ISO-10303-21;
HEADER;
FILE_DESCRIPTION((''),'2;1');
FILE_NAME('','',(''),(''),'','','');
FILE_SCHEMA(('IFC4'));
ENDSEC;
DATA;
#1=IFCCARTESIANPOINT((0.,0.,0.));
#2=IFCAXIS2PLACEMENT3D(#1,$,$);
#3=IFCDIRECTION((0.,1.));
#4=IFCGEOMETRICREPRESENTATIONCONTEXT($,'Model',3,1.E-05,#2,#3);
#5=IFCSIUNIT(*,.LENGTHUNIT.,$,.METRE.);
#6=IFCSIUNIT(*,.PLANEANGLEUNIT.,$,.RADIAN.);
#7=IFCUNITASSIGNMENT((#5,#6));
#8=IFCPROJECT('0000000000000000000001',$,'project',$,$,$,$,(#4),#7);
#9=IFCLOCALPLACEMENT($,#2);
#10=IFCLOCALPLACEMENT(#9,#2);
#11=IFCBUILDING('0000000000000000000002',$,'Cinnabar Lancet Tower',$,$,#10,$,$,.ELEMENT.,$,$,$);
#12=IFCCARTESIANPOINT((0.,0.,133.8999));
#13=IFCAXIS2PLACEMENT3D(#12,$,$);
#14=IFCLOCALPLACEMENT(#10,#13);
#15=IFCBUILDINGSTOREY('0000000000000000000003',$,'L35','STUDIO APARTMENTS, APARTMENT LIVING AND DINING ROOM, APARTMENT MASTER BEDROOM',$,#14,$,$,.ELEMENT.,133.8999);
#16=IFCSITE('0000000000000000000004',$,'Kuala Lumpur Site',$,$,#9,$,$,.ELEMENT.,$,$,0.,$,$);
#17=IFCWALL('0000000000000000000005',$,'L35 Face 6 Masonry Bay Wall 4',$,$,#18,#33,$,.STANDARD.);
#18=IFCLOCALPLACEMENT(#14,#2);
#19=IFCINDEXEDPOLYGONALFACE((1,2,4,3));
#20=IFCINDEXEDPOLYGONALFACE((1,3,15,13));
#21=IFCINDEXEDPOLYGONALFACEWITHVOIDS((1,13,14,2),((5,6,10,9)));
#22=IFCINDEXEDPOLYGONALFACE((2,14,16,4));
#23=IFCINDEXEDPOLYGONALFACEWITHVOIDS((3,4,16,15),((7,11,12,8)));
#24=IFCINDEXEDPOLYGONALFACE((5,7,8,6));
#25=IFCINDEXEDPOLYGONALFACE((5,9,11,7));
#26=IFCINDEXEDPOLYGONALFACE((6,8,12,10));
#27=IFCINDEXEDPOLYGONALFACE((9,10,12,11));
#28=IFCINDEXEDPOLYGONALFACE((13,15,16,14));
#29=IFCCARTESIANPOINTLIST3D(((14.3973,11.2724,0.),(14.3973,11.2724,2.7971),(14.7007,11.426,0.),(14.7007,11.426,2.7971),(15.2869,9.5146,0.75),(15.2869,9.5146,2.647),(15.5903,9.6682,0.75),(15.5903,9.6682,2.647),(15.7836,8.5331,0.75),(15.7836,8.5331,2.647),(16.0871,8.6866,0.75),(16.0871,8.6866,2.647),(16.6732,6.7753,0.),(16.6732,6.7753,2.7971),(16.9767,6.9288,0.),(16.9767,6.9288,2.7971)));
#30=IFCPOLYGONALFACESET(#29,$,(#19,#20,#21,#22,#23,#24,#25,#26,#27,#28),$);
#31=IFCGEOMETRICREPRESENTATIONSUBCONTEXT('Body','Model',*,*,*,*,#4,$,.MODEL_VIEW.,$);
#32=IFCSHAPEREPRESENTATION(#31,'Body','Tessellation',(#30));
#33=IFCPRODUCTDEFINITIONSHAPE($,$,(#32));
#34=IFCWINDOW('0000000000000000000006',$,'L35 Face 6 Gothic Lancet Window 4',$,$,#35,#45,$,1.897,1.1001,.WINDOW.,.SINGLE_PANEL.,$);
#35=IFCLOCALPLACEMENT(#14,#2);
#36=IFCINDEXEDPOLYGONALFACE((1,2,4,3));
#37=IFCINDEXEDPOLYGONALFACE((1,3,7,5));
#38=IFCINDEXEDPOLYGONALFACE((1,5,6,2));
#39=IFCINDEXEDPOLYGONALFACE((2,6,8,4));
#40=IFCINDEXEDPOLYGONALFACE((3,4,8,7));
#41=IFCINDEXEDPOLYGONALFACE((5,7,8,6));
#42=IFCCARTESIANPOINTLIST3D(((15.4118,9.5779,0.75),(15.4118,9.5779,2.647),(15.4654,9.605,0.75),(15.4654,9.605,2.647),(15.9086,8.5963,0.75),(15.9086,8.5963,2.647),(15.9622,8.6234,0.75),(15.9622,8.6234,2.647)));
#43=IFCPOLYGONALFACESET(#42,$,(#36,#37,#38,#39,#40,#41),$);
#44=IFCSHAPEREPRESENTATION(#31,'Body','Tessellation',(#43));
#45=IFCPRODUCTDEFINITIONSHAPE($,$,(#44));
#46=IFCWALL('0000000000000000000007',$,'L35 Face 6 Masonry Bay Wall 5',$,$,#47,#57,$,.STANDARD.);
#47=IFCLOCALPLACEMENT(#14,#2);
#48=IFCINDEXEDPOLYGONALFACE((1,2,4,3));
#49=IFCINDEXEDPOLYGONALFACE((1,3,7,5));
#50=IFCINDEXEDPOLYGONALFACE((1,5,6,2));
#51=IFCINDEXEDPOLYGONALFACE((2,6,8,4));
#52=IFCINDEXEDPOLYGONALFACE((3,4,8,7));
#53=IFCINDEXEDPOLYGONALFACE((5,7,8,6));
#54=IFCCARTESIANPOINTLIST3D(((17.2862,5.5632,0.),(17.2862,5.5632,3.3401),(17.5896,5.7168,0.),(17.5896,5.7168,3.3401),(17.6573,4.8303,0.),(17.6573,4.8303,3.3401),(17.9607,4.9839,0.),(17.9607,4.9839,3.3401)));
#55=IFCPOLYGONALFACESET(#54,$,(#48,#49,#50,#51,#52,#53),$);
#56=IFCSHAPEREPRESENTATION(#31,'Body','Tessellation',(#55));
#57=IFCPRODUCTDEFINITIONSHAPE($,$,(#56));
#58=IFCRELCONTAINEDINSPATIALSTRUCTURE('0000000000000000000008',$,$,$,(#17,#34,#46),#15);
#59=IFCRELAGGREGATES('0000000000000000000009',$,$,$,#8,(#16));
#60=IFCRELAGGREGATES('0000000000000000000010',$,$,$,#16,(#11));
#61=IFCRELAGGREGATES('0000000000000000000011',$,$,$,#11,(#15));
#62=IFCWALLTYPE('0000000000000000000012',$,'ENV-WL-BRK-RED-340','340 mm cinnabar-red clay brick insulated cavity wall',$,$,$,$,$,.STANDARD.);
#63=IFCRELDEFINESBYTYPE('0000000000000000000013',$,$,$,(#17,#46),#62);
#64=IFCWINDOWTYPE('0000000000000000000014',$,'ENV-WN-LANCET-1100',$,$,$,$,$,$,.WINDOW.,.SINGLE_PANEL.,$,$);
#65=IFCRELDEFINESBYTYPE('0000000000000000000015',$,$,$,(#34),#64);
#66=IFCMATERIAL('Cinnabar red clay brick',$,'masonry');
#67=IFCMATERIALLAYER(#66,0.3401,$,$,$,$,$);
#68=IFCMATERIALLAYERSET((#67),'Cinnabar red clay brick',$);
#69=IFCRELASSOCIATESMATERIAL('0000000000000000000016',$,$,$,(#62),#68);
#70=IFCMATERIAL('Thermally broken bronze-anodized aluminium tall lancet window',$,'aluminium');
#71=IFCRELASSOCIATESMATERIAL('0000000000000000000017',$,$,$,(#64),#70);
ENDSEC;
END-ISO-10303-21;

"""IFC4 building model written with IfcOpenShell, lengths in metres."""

from ifc_helpers import new_model, si_unit, direction, frame, frame_2d, origin, place, context, subcontext, project, spatial, rectangle, extrude, material, layer, layer_set, type_object, element, fill, save


model = new_model("IFC4")

# Units and contexts
model_context = context("Model", 3, precision=1e-05, world=origin(), true_north=direction((0.0, 1.0)))
body_context = subcontext(model_context, "Body", "Model", "MODEL_VIEW")
ifc_project = project(units=[si_unit("LENGTHUNIT", "METRE"), si_unit("PLANEANGLEUNIT", "RADIAN")], contexts=[model_context])

# Site, building, storey
site_placement = place(None, origin())
site = spatial("IfcSite", under=ifc_project, at=site_placement, Name="Kuala Lumpur Site", CompositionType="ELEMENT", RefElevation=0.0)
building_placement = place(site_placement, origin())
building = spatial("IfcBuilding", under=site, at=building_placement, Name="Cinnabar Lancet Tower", CompositionType="ELEMENT")
storey_placement = place(building_placement, frame((0.0, 0.0, 133.8999)))
storey = spatial("IfcBuildingStorey", under=building, at=storey_placement, Name="L35", Description="STUDIO APARTMENTS, APARTMENT LIVING AND DINING ROOM, APARTMENT MASTER BEDROOM", CompositionType="ELEMENT", Elevation=133.8999)

# Shared definitions
ifc_material_1 = material(Name="Cinnabar red clay brick", Category="masonry")
ifc_layer_1 = layer(ifc_material_1, 0.3401)
ifc_layer_set_1 = layer_set([ifc_layer_1], Name="Cinnabar red clay brick")
wall_type = type_object("IfcWallType", Name="ENV-WL-BRK-RED-340", Description="340 mm cinnabar-red clay brick insulated cavity wall", PredefinedType="STANDARD", material=ifc_layer_set_1)

# Wall, opening, window
wall_1_placement = place(storey_placement, frame((14.5491, 11.3491, 0.0), z_axis=(0.0, 0.0, 1.0), x_axis=(0.451548, -0.892247, 0.0)))
wall_1 = element("IfcWall", 1, at=wall_1_placement, inside=storey, type_object=wall_type, Name="L35 Face 6 Masonry Bay Wall 4", PredefinedType="STANDARD", context=body_context, shape_type="SweptSolid", body=[
    extrude(rectangle(XDim=5.0403, YDim=0.3401, at=frame_2d((2.52, 0.0))), origin(), (0.0, 0.0, 1.0), 2.7971),
])
opening_placement = place(wall_1_placement, frame((1.97, 0.0, 0.75)))
opening = element("IfcOpeningElement", 2, at=opening_placement, cuts=wall_1, PredefinedType="OPENING", context=body_context, shape_type="SweptSolid", body=[
    extrude(rectangle(XDim=1.1001, YDim=1.897, at=frame_2d((0.55, 0.9485))), frame((0.0, 0.1799, 0.0), z_axis=(0.0, -1.0, 0.0), x_axis=(1.0, 0.0, 0.0)), (0.0, 0.0, 1.0), 0.3601),
])
ifc_material_2 = material(Name="Thermally broken bronze-anodized aluminium tall lancet window", Category="aluminium")
window_type = type_object("IfcWindowType", Name="ENV-WN-LANCET-1100", PartitioningType="SINGLE_PANEL", PredefinedType="WINDOW", material=ifc_material_2)
window_placement = place(opening_placement, origin())
window = element("IfcWindow", 3, at=window_placement, inside=storey, type_object=window_type, Name="L35 Face 6 Gothic Lancet Window 4", OverallHeight=1.897, OverallWidth=1.1001, PartitioningType="SINGLE_PANEL", PredefinedType="WINDOW", context=body_context, shape_type="SweptSolid", body=[
    extrude(rectangle(XDim=1.1001, YDim=1.897, at=frame_2d((0.55, 0.9485))), frame((0.0, 0.03, 0.0), z_axis=(0.0, -1.0, 0.0), x_axis=(1.0, 0.0, 0.0)), (0.0, 0.0, 1.0), 0.0601),
])
fill(opening, window)

# Wall
wall_2_placement = place(storey_placement, frame((17.438, 5.6399, 0.0), z_axis=(0.0, 0.0, 1.0), x_axis=(0.451725, -0.892157, 0.0)))
element("IfcWall", 4, at=wall_2_placement, inside=storey, type_object=wall_type, Name="L35 Face 6 Masonry Bay Wall 5", PredefinedType="STANDARD", context=body_context, shape_type="SweptSolid", body=[
    extrude(rectangle(XDim=0.8215, YDim=0.3401, at=frame_2d((0.4106, 0.0))), origin(), (0.0, 0.0, 1.0), 3.3401),
])

save(model, "model.ifc")
